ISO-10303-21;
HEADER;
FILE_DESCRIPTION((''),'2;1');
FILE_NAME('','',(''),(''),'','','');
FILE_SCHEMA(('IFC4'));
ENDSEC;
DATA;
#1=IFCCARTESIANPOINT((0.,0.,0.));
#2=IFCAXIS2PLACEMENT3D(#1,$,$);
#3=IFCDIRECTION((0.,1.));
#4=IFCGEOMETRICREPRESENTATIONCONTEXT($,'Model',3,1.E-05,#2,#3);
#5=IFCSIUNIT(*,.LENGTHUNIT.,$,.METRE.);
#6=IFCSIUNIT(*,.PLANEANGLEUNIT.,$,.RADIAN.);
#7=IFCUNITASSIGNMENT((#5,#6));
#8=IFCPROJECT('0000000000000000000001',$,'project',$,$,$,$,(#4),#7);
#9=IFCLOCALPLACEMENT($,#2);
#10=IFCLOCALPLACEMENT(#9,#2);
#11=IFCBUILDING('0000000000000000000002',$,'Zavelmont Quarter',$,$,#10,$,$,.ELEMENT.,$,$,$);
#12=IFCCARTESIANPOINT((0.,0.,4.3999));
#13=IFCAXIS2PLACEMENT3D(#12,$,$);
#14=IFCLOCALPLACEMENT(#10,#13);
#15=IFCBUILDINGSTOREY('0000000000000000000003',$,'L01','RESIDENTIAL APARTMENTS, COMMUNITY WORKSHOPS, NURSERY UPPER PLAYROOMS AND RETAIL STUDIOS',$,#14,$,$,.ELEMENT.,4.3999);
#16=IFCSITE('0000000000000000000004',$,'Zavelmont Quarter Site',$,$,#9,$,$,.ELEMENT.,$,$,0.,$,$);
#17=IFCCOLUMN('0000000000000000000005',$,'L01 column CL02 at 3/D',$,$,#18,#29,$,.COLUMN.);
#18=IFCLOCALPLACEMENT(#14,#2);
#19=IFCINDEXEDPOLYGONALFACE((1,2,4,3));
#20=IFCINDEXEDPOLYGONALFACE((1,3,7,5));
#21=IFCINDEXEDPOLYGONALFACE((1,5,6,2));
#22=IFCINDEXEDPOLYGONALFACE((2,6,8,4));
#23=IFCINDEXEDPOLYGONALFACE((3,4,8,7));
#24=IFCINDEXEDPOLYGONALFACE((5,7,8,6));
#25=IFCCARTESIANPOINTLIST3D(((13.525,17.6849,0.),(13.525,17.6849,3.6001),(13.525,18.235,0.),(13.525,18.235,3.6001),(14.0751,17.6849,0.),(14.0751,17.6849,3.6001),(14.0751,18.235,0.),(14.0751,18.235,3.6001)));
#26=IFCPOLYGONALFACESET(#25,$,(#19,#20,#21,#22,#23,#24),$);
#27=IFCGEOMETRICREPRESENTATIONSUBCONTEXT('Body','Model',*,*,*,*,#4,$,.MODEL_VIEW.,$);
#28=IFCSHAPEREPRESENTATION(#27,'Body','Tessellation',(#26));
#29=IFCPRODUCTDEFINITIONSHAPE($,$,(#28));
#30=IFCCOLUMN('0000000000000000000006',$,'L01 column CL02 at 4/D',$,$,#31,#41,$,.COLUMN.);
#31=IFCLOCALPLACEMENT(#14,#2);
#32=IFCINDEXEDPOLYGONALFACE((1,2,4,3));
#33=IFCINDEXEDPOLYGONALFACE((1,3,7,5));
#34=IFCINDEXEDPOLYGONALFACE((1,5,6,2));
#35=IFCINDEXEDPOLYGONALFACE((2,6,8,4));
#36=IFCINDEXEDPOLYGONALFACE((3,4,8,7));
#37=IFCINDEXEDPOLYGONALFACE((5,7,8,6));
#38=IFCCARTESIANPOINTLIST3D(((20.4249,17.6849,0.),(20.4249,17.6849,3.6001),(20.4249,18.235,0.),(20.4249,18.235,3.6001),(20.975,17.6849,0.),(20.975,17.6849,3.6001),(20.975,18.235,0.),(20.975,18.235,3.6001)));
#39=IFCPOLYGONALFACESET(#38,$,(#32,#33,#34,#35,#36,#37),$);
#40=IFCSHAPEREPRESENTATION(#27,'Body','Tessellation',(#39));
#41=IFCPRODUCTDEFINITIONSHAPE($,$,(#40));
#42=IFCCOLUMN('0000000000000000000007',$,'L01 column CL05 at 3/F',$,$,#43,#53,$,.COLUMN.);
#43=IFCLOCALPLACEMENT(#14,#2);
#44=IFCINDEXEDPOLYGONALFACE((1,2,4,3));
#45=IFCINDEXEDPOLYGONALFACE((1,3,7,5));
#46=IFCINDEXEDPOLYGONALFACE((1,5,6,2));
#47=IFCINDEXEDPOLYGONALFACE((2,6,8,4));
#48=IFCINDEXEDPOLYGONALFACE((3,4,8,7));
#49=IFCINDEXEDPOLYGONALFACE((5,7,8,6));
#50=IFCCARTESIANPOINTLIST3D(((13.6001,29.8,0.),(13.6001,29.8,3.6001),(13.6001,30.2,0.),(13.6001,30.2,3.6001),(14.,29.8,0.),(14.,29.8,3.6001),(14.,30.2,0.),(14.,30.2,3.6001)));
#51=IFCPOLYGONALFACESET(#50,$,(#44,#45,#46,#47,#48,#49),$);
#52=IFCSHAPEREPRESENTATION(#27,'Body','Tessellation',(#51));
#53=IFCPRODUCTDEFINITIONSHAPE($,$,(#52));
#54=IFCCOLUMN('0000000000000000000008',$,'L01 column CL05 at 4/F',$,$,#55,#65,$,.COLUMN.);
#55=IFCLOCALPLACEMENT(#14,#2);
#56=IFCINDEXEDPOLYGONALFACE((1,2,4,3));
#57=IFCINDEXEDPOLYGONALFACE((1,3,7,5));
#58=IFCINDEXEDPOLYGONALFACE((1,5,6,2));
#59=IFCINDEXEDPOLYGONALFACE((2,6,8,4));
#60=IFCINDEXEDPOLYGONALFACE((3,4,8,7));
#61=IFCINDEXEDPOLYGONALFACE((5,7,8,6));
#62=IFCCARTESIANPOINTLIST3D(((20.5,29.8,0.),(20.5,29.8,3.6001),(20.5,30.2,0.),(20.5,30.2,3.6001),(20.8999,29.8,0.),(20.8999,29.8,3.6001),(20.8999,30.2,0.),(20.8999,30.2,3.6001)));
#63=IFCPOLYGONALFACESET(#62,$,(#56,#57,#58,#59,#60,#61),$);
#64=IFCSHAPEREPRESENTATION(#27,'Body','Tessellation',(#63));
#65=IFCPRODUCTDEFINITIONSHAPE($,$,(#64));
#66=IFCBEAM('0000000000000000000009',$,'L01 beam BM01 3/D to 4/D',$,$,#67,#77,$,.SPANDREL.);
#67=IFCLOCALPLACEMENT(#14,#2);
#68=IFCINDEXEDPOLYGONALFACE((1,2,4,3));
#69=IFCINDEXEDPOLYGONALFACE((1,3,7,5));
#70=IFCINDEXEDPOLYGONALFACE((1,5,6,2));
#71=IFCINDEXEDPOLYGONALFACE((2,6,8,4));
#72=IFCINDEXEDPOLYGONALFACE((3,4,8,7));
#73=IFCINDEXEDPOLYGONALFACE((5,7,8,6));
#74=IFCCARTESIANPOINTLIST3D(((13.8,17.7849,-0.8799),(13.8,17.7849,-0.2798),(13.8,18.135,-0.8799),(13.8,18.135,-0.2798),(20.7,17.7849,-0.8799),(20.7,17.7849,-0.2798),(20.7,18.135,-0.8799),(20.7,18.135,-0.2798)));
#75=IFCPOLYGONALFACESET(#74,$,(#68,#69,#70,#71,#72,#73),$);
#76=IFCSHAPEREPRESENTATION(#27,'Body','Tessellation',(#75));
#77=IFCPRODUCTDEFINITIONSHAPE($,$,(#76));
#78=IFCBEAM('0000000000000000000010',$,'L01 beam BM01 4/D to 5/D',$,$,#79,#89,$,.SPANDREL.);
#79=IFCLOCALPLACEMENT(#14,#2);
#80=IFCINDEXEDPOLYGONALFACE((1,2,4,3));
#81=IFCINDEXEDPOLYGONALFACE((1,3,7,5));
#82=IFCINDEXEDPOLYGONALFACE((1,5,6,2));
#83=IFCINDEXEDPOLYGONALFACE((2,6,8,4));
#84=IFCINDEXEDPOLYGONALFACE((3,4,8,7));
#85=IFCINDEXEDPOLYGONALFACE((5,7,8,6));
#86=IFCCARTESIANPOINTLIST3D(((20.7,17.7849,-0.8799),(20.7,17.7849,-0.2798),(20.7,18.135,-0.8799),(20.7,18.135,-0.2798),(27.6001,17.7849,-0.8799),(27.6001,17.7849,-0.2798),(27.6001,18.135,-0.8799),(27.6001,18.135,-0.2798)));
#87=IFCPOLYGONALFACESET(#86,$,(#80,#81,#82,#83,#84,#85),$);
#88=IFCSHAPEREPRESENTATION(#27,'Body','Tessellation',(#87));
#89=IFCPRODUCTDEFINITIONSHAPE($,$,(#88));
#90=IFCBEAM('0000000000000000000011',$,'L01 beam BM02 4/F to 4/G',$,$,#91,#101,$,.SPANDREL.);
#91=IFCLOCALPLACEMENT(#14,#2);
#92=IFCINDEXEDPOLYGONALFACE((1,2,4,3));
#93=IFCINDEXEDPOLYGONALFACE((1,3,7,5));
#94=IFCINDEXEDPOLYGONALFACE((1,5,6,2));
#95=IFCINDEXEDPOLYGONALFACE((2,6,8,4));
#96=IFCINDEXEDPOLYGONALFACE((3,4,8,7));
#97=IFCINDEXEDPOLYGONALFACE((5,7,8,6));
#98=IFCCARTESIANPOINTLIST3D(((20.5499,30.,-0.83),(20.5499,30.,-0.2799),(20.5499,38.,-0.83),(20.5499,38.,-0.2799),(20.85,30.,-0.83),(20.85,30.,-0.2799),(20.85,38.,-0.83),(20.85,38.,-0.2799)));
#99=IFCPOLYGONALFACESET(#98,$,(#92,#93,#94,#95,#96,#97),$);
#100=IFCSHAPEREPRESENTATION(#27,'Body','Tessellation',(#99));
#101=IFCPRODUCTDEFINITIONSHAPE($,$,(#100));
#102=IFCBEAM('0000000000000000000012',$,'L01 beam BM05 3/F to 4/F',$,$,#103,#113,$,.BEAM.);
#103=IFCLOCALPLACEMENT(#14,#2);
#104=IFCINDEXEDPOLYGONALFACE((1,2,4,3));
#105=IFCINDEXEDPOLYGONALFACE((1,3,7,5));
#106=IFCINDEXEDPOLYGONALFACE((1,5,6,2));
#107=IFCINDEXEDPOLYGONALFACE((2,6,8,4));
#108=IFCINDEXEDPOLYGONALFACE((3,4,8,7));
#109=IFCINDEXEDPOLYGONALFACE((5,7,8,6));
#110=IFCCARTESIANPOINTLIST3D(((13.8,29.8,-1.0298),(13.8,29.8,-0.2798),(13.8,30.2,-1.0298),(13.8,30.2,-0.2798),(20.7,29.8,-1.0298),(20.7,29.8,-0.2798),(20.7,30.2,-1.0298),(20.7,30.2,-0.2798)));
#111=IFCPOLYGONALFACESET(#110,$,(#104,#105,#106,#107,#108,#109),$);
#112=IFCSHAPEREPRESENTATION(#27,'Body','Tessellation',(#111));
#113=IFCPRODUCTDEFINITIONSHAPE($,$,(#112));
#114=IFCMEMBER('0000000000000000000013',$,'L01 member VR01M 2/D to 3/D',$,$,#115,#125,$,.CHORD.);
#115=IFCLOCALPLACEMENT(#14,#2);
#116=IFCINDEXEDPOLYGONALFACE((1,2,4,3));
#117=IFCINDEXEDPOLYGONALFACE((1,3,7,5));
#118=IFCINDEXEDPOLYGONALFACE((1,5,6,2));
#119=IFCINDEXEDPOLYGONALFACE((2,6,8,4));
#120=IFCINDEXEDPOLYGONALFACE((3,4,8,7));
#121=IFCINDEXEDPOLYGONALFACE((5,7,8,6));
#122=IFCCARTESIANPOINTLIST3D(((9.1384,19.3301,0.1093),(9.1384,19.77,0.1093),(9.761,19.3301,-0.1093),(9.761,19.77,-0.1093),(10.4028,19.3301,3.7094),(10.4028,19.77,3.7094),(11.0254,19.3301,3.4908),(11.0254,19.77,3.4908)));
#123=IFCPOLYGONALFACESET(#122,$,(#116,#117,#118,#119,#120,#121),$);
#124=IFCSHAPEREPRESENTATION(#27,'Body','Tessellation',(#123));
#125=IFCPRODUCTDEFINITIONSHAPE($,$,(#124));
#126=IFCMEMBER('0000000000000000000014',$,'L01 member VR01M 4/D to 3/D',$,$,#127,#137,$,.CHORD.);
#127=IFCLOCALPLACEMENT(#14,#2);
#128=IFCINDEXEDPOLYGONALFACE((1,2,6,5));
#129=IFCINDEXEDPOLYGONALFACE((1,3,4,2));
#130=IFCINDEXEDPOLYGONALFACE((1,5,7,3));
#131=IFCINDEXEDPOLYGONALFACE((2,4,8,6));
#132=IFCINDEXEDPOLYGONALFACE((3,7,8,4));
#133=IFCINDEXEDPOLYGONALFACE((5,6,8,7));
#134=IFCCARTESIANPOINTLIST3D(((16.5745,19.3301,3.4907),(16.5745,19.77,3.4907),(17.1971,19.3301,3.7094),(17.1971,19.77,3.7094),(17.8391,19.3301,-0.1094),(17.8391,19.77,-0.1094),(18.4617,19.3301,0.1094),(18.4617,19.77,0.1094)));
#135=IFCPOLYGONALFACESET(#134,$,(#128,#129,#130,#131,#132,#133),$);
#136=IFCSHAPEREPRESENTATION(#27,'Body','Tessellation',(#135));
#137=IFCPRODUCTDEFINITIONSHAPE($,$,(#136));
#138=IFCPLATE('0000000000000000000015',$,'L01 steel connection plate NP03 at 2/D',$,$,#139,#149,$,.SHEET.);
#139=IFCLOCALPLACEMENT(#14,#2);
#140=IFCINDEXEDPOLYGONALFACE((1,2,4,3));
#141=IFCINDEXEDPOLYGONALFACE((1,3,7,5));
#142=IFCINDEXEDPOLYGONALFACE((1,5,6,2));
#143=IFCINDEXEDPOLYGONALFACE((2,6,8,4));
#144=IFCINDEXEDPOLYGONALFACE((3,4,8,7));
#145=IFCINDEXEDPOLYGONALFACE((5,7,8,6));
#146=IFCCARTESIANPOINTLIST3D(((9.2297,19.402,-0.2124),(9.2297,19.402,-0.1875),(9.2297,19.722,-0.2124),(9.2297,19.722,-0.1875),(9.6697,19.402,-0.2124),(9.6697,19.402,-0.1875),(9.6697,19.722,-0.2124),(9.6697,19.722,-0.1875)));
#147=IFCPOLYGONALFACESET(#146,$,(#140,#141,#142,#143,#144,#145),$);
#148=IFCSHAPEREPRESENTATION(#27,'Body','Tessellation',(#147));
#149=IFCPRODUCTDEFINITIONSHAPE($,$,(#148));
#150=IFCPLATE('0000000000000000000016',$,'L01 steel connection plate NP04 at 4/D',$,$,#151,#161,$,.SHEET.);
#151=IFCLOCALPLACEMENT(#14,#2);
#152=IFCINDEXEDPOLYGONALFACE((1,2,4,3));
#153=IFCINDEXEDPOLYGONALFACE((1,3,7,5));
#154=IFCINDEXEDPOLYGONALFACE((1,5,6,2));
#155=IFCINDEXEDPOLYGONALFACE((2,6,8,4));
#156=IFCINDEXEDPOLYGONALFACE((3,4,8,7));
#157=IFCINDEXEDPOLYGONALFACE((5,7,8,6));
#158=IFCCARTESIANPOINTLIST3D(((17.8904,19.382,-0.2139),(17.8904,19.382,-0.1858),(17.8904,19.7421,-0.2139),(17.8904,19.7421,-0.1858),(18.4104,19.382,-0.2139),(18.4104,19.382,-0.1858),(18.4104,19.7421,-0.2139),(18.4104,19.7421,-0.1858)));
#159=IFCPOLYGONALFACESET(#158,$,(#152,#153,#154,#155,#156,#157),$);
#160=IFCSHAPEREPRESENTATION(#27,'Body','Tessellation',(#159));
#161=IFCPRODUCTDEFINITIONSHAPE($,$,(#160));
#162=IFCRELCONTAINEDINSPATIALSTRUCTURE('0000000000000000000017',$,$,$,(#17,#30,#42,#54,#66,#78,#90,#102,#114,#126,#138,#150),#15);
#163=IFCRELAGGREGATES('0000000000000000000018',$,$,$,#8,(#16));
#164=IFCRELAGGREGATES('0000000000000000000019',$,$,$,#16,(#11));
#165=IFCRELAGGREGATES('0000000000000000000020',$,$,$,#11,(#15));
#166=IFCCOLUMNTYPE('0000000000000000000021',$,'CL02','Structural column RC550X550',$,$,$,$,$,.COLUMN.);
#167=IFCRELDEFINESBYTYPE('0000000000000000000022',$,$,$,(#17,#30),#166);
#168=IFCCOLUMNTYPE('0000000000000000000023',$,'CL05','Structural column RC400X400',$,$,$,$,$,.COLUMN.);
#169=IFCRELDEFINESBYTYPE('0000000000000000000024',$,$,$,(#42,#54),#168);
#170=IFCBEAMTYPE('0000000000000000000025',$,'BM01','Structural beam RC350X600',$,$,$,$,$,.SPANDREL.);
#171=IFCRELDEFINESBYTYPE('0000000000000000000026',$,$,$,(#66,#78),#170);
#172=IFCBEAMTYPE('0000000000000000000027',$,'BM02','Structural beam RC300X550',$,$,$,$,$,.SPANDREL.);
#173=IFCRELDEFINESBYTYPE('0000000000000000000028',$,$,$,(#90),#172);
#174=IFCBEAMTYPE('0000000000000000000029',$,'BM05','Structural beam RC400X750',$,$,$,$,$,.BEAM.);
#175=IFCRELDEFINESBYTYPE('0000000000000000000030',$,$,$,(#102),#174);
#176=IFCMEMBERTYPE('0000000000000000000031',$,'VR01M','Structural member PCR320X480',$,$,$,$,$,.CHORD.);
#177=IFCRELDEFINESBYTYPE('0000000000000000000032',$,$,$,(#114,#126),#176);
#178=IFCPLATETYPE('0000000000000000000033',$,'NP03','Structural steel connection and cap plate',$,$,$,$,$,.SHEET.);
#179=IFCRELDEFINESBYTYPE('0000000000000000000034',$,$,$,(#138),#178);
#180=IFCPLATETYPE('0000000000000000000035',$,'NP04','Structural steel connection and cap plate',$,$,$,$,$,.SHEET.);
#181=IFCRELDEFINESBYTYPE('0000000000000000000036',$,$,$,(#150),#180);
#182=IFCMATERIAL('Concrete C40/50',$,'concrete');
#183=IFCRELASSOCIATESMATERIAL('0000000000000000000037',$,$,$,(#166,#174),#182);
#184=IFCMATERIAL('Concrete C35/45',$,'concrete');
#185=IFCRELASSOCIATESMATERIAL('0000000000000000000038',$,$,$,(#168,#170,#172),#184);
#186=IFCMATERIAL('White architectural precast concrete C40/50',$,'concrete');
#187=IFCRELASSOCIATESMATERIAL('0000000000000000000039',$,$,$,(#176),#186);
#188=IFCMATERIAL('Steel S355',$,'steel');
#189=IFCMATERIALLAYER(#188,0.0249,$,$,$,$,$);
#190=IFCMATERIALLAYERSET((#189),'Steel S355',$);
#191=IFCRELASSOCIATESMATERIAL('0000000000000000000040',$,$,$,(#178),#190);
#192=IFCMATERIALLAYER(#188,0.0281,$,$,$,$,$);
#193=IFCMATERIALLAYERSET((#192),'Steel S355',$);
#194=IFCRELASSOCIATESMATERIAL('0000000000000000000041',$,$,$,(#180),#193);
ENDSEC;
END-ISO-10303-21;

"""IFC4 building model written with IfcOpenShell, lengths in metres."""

from ifc_helpers import new_model, si_unit, direction, frame, origin, origin_2d, place, context, subcontext, project, spatial, rectangle, extrude, material, layer, layer_set, material_profile, profile_set, type_object, element, save


model = new_model("IFC4")

# Units and contexts
model_context = context("Model", 3, precision=1e-05, world=origin(), true_north=direction((0.0, 1.0)))
body_context = subcontext(model_context, "Body", "Model", "MODEL_VIEW")
ifc_project = project(units=[si_unit("LENGTHUNIT", "METRE"), si_unit("PLANEANGLEUNIT", "RADIAN")], contexts=[model_context])

# Site, building, storey
site_placement = place(None, origin())
site = spatial("IfcSite", under=ifc_project, at=site_placement, Name="Zavelmont Quarter Site", CompositionType="ELEMENT", RefElevation=0.0)
building_placement = place(site_placement, origin())
building = spatial("IfcBuilding", under=site, at=building_placement, Name="Zavelmont Quarter", CompositionType="ELEMENT")
storey_placement = place(building_placement, frame((0.0, 0.0, 4.3999)))
storey = spatial("IfcBuildingStorey", under=building, at=storey_placement, Name="L01", Description="RESIDENTIAL APARTMENTS, COMMUNITY WORKSHOPS, NURSERY UPPER PLAYROOMS AND RETAIL STUDIOS", CompositionType="ELEMENT", Elevation=4.3999)

# Columns
ifc_material_1 = material(Name="Concrete C40/50", Category="concrete")
ifc_material_profile_1 = material_profile(ifc_material_1, rectangle(XDim=0.55, YDim=0.55, at=origin_2d()), Name="RC550X550")
ifc_profile_set_1 = profile_set([ifc_material_profile_1], Name="Concrete C40/50")
column_type_1 = type_object("IfcColumnType", Name="CL02", Description="Structural column RC550X550", PredefinedType="COLUMN", material=ifc_profile_set_1)
for number, where, z_axis, x_axis, name in (
    (1, (13.8, 17.96, 0.0), (0.0, 0.0, 1.0), (1.0, 0.0, 0.0), "L01 column CL02 at 3/D"),
    (2, (20.7, 17.96, 0.0), (0.0, 0.0, 1.0), (1.0, 0.0, 0.0), "L01 column CL02 at 4/D"),
):
    element("IfcColumn", number, at=place(storey_placement, frame(where, z_axis=z_axis, x_axis=x_axis)), inside=storey, type_object=column_type_1, Name=name, PredefinedType="COLUMN", context=body_context, shape_type="SweptSolid", body=[
        extrude(rectangle(XDim=0.55, YDim=0.55, at=origin_2d()), origin(), (0.0, 0.0, 1.0), 3.6001),
    ])
ifc_material_2 = material(Name="Concrete C35/45", Category="concrete")
ifc_material_profile_2 = material_profile(ifc_material_2, rectangle(XDim=0.3999, YDim=0.3999, at=origin_2d()), Name="RC400X400")
ifc_profile_set_2 = profile_set([ifc_material_profile_2], Name="Concrete C35/45")
column_type_2 = type_object("IfcColumnType", Name="CL05", Description="Structural column RC400X400", PredefinedType="COLUMN", material=ifc_profile_set_2)
for number, where, z_axis, x_axis, name in (
    (3, (13.8, 30.0, 0.0), (0.0, 0.0, 1.0), (1.0, 0.0, 0.0), "L01 column CL05 at 3/F"),
    (4, (20.7, 30.0, 0.0), (0.0, 0.0, 1.0), (1.0, 0.0, 0.0), "L01 column CL05 at 4/F"),
):
    element("IfcColumn", number, at=place(storey_placement, frame(where, z_axis=z_axis, x_axis=x_axis)), inside=storey, type_object=column_type_2, Name=name, PredefinedType="COLUMN", context=body_context, shape_type="SweptSolid", body=[
        extrude(rectangle(XDim=0.3999, YDim=0.3999, at=origin_2d()), origin(), (0.0, 0.0, 1.0), 3.6001),
    ])

# Beams
ifc_material_profile_3 = material_profile(ifc_material_2, rectangle(XDim=0.3501, YDim=0.6001, at=origin_2d()), Name="RC350X600")
ifc_profile_set_3 = profile_set([ifc_material_profile_3], Name="Concrete C35/45")
beam_type_1 = type_object("IfcBeamType", Name="BM01", Description="Structural beam RC350X600", PredefinedType="SPANDREL", material=ifc_profile_set_3)
beam_1_placement = place(storey_placement, frame((13.8, 17.96, -0.5798), z_axis=(1.0, 0.0, 0.0), x_axis=(0.0, 1.0, 0.0)))
element("IfcBeam", 5, at=beam_1_placement, inside=storey, type_object=beam_type_1, Name="L01 beam BM01 3/D to 4/D", PredefinedType="SPANDREL", context=body_context, shape_type="SweptSolid", body=[
    extrude(rectangle(XDim=0.3501, YDim=0.6001, at=origin_2d()), origin(), (0.0, 0.0, 1.0), 6.8999),
])
beam_2_placement = place(storey_placement, frame((20.7, 17.96, -0.5798), z_axis=(1.0, 0.0, 0.0), x_axis=(0.0, 1.0, 0.0)))
element("IfcBeam", 6, at=beam_2_placement, inside=storey, type_object=beam_type_1, Name="L01 beam BM01 4/D to 5/D", PredefinedType="SPANDREL", context=body_context, shape_type="SweptSolid", body=[
    extrude(rectangle(XDim=0.3501, YDim=0.6001, at=origin_2d()), origin(), (0.0, 0.0, 1.0), 6.9001),
])
ifc_material_profile_4 = material_profile(ifc_material_2, rectangle(XDim=0.3, YDim=0.55, at=origin_2d()), Name="RC300X550")
ifc_profile_set_4 = profile_set([ifc_material_profile_4], Name="Concrete C35/45")
beam_type_2 = type_object("IfcBeamType", Name="BM02", Description="Structural beam RC300X550", PredefinedType="SPANDREL", material=ifc_profile_set_4)
beam_3_placement = place(storey_placement, frame((20.7, 30.0, -0.5549), z_axis=(0.0, 1.0, 0.0), x_axis=(-1.0, 0.0, 0.0)))
element("IfcBeam", 7, at=beam_3_placement, inside=storey, type_object=beam_type_2, Name="L01 beam BM02 4/F to 4/G", PredefinedType="SPANDREL", context=body_context, shape_type="SweptSolid", body=[
    extrude(rectangle(XDim=0.3, YDim=0.55, at=origin_2d()), origin(), (0.0, 0.0, 1.0), 8.0),
])
ifc_material_profile_5 = material_profile(ifc_material_1, rectangle(XDim=0.3999, YDim=0.75, at=origin_2d()), Name="RC400X750")
ifc_profile_set_5 = profile_set([ifc_material_profile_5], Name="Concrete C40/50")
beam_type_3 = type_object("IfcBeamType", Name="BM05", Description="Structural beam RC400X750", PredefinedType="BEAM", material=ifc_profile_set_5)
beam_4_placement = place(storey_placement, frame((13.8, 30.0, -0.6548), z_axis=(1.0, 0.0, 0.0), x_axis=(0.0, 1.0, 0.0)))
element("IfcBeam", 8, at=beam_4_placement, inside=storey, type_object=beam_type_3, Name="L01 beam BM05 3/F to 4/F", PredefinedType="BEAM", context=body_context, shape_type="SweptSolid", body=[
    extrude(rectangle(XDim=0.3999, YDim=0.75, at=origin_2d()), origin(), (0.0, 0.0, 1.0), 6.8999),
])

# Members
ifc_material_3 = material(Name="White architectural precast concrete C40/50", Category="concrete")
ifc_material_profile_6 = material_profile(ifc_material_3, rectangle(XDim=0.4399, YDim=0.6599, at=origin_2d()), Name="PCR320X480")
ifc_profile_set_6 = profile_set([ifc_material_profile_6], Name="White architectural precast concrete C40/50")
member_type = type_object("IfcMemberType", Name="VR01M", Description="Structural member PCR320X480", PredefinedType="CHORD", material=ifc_profile_set_6)
for number, where, z_axis, x_axis, name in (
    (9, (9.4497, 19.55, 0.0), (0.331371, 0.0, 0.943501), (0.0, 1.0, 0.0), "L01 member VR01M 2/D to 3/D"),
    (10, (18.1504, 19.55, 0.0), (-0.331428, 0.0, 0.943481), (0.0, -1.0, 0.0), "L01 member VR01M 4/D to 3/D"),
):
    element("IfcMember", number, at=place(storey_placement, frame(where, z_axis=z_axis, x_axis=x_axis)), inside=storey, type_object=member_type, Name=name, PredefinedType="CHORD", context=body_context, shape_type="SweptSolid", body=[
        extrude(rectangle(XDim=0.4399, YDim=0.6599, at=origin_2d()), origin(), (0.0, 0.0, 1.0), 3.8157),
    ])

# Plates
ifc_material_4 = material(Name="Steel S355", Category="steel")
ifc_layer_1 = layer(ifc_material_4, 0.0249)
ifc_layer_set_1 = layer_set([ifc_layer_1], Name="Steel S355")
plate_type_1 = type_object("IfcPlateType", Name="NP03", Description="Structural steel connection and cap plate", PredefinedType="SHEET", material=ifc_layer_set_1)
plate_1_placement = place(storey_placement, frame((9.4497, 19.562, -0.2124), z_axis=(0.0, 0.0, 1.0), x_axis=(1.0, 0.0, 0.0)))
element("IfcPlate", 11, at=plate_1_placement, inside=storey, type_object=plate_type_1, Name="L01 steel connection plate NP03 at 2/D", PredefinedType="SHEET", context=body_context, shape_type="SweptSolid", body=[
    extrude(rectangle(XDim=0.4399, YDim=0.3201, at=origin_2d()), origin(), (0.0, 0.0, 1.0), 0.0249),
])
ifc_layer_2 = layer(ifc_material_4, 0.0281)
ifc_layer_set_2 = layer_set([ifc_layer_2], Name="Steel S355")
plate_type_2 = type_object("IfcPlateType", Name="NP04", Description="Structural steel connection and cap plate", PredefinedType="SHEET", material=ifc_layer_set_2)
plate_2_placement = place(storey_placement, frame((18.1504, 19.562, -0.2139), z_axis=(0.0, 0.0, 1.0), x_axis=(1.0, 0.0, 0.0)))
element("IfcPlate", 12, at=plate_2_placement, inside=storey, type_object=plate_type_2, Name="L01 steel connection plate NP04 at 4/D", PredefinedType="SHEET", context=body_context, shape_type="SweptSolid", body=[
    extrude(rectangle(XDim=0.52, YDim=0.3601, at=origin_2d()), origin(), (0.0, 0.0, 1.0), 0.0281),
])

save(model, "model.ifc")
